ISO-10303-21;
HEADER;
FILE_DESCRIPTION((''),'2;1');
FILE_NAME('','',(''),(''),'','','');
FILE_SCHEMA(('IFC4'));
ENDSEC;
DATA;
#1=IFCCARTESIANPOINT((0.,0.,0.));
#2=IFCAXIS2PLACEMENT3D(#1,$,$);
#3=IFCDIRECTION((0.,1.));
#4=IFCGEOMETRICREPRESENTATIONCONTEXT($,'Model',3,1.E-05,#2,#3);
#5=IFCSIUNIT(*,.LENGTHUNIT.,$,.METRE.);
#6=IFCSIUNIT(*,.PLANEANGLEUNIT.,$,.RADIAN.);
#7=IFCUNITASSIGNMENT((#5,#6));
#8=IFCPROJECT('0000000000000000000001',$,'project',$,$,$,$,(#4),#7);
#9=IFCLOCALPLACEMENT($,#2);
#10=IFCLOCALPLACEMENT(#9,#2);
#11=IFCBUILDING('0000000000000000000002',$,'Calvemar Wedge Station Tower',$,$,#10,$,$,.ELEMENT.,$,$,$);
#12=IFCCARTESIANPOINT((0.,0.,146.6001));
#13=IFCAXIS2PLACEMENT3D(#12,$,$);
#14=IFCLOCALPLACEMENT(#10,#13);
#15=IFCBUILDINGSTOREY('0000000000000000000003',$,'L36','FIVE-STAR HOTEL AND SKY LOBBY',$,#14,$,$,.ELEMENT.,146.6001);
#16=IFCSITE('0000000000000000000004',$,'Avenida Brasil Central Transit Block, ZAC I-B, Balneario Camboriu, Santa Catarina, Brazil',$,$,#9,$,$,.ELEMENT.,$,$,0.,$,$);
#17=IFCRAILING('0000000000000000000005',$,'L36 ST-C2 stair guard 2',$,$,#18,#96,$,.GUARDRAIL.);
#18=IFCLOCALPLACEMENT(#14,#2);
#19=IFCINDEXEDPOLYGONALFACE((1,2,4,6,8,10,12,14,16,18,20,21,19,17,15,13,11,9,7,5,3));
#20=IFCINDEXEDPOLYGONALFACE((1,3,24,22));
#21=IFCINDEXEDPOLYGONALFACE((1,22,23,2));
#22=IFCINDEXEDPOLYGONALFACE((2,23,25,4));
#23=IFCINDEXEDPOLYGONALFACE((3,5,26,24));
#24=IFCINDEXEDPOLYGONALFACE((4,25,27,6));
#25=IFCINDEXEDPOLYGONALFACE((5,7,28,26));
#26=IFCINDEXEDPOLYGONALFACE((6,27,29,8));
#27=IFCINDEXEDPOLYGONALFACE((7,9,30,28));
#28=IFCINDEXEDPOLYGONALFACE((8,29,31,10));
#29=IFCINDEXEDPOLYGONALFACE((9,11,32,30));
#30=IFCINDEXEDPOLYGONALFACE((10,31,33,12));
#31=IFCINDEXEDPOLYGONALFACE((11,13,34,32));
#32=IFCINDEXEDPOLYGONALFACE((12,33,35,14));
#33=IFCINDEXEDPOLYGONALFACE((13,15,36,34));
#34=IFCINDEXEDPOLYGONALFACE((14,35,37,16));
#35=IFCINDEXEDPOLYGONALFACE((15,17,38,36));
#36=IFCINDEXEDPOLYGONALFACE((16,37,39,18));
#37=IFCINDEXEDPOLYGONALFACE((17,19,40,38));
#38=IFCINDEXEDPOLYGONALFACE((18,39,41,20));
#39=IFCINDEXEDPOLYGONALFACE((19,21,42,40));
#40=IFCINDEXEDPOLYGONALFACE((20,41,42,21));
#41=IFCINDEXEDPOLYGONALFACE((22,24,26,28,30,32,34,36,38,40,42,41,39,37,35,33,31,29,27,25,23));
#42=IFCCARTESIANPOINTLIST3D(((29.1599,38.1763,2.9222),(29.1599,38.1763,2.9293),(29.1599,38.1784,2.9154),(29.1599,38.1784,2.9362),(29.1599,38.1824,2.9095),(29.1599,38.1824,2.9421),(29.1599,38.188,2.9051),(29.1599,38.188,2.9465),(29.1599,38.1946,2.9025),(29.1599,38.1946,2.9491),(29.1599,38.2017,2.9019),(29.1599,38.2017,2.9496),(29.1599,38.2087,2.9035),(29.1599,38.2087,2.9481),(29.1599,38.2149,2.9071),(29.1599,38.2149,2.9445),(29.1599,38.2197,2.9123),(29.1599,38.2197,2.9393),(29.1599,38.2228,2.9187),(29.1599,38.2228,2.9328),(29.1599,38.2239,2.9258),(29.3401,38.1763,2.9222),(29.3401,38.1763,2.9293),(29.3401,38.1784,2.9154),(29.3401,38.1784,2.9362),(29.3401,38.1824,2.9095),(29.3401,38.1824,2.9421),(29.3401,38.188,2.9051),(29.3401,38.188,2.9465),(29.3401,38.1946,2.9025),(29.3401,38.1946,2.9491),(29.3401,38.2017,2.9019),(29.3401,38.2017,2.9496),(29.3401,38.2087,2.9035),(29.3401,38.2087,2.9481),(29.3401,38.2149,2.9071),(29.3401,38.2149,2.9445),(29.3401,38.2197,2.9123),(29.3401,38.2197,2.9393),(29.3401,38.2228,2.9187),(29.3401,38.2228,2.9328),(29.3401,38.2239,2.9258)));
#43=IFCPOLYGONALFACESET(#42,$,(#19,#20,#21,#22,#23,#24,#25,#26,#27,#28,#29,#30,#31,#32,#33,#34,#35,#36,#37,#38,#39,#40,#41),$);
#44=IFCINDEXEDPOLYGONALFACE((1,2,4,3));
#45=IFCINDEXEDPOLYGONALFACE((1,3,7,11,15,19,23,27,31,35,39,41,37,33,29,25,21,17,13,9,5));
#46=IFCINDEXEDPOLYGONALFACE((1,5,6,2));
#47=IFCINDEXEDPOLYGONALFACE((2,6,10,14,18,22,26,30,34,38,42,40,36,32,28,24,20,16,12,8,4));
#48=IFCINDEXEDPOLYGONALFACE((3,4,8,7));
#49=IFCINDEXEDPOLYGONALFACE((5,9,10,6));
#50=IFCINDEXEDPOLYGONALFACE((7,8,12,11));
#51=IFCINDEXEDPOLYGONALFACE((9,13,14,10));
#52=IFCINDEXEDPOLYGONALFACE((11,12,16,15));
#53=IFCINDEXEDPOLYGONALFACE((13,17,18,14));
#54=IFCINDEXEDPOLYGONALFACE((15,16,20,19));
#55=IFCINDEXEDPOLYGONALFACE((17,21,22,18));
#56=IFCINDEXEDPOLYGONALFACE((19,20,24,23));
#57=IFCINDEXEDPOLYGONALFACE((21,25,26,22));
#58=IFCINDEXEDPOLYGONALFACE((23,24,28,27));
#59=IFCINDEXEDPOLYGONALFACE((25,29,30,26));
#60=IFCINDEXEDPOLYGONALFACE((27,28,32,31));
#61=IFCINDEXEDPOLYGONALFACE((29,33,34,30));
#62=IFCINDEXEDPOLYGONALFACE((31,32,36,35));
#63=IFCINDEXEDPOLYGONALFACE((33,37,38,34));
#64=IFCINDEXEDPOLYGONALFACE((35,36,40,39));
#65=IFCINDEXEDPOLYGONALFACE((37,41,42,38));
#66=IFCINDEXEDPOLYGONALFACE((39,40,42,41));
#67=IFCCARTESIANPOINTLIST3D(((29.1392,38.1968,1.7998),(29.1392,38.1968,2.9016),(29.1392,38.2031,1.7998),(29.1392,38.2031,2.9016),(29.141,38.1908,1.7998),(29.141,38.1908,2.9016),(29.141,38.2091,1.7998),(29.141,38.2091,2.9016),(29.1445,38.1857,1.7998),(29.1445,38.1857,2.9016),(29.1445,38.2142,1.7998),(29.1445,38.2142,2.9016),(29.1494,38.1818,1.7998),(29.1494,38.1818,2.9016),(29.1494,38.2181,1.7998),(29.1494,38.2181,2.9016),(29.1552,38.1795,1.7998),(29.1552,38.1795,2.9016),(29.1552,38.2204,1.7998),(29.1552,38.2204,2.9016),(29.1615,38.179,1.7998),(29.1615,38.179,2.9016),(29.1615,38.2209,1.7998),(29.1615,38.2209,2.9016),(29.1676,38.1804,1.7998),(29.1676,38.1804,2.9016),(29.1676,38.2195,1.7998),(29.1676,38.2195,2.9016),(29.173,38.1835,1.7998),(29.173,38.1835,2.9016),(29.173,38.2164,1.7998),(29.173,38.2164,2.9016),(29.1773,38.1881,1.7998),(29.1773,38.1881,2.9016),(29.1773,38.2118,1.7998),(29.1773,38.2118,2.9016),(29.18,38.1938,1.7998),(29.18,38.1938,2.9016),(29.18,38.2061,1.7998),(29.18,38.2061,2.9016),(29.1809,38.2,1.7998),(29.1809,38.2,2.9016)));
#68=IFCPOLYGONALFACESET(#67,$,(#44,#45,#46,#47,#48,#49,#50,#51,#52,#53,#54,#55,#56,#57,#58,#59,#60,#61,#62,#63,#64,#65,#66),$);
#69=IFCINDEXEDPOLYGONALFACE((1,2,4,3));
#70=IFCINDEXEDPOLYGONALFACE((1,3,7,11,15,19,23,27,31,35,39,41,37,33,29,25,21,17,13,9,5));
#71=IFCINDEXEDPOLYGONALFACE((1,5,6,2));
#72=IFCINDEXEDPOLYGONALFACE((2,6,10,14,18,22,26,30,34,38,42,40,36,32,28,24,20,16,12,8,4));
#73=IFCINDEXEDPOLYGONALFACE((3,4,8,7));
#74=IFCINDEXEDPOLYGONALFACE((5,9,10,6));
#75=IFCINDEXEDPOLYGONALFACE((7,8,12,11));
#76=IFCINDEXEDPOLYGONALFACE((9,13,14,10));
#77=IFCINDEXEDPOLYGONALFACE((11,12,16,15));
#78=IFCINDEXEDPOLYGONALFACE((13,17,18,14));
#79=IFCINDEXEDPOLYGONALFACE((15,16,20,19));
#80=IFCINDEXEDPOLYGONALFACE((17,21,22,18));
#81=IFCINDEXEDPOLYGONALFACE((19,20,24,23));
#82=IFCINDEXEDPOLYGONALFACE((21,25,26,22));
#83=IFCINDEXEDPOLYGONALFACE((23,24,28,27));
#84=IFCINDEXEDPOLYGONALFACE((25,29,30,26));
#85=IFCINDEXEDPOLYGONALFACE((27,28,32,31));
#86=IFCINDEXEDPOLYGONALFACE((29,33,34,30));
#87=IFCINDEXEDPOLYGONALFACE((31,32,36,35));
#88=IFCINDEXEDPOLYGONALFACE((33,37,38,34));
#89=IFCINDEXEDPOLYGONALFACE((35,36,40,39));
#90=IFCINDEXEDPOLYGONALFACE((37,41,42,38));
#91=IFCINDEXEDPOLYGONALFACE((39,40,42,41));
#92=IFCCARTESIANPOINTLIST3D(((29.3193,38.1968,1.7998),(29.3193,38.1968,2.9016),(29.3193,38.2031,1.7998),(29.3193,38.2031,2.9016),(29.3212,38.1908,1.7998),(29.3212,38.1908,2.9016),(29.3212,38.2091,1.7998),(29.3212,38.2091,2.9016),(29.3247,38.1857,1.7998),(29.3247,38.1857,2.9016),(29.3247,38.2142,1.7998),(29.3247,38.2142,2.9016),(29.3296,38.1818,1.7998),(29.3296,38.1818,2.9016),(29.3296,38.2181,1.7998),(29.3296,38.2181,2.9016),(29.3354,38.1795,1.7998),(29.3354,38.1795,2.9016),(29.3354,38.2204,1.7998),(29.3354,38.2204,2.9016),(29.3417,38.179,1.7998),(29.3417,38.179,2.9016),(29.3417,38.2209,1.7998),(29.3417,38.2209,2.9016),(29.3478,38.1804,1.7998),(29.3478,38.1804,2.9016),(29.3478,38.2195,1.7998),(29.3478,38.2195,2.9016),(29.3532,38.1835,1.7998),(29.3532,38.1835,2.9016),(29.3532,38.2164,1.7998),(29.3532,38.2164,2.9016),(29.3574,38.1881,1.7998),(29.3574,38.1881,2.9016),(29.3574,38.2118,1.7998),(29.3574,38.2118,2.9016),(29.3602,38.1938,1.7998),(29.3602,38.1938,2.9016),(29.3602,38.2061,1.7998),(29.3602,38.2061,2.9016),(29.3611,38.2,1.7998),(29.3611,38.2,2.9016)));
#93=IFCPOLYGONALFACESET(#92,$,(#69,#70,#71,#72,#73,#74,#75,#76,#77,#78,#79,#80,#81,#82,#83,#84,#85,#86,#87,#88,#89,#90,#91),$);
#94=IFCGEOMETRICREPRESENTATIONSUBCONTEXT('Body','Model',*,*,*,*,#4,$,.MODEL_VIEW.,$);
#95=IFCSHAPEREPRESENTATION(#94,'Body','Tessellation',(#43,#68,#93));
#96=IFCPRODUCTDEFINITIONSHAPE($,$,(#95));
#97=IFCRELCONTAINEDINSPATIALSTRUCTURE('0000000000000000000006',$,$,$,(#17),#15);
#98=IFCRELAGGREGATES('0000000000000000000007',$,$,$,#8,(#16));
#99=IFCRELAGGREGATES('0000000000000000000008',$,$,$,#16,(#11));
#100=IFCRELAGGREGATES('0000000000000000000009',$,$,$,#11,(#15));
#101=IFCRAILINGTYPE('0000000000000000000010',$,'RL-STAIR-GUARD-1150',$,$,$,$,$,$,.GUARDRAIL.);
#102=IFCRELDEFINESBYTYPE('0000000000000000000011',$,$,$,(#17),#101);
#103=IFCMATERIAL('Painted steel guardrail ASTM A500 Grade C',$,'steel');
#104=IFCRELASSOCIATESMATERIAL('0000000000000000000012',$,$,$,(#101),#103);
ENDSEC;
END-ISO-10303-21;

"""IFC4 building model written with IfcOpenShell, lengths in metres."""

from ifc_helpers import new_model, si_unit, direction, frame, origin, origin_2d, place, context, subcontext, project, spatial, circle, extrude, material, type_object, element, save


model = new_model("IFC4")

# Units and contexts
model_context = context("Model", 3, precision=1e-05, world=origin(), true_north=direction((0.0, 1.0)))
body_context = subcontext(model_context, "Body", "Model", "MODEL_VIEW")
ifc_project = project(units=[si_unit("LENGTHUNIT", "METRE"), si_unit("PLANEANGLEUNIT", "RADIAN")], contexts=[model_context])

# Site, building, storey
site_placement = place(None, origin())
site = spatial("IfcSite", under=ifc_project, at=site_placement, Name="Avenida Brasil Central Transit Block, ZAC I-B, Balneario Camboriu, Santa Catarina, Brazil", CompositionType="ELEMENT", RefElevation=0.0)
building_placement = place(site_placement, origin())
building = spatial("IfcBuilding", under=site, at=building_placement, Name="Calvemar Wedge Station Tower", CompositionType="ELEMENT")
storey_placement = place(building_placement, frame((0.0, 0.0, 146.6001)))
storey = spatial("IfcBuildingStorey", under=building, at=storey_placement, Name="L36", Description="FIVE-STAR HOTEL AND SKY LOBBY", CompositionType="ELEMENT", Elevation=146.6001)

# Railing
ifc_material_1 = material(Name="Painted steel guardrail ASTM A500 Grade C", Category="steel")
railing_type_1 = type_object("IfcRailingType", Name="RL-STAIR-GUARD-1150", PredefinedType="GUARDRAIL", material=ifc_material_1)
railing_1_placement = place(storey_placement, frame((29.1599, 38.2, 1.7998)))
element("IfcRailing", 1, at=railing_1_placement, inside=storey, type_object=railing_type_1, Name="L36 ST-C2 stair guard 2", PredefinedType="GUARDRAIL", context=body_context, shape_type="SweptSolid", body=[
    extrude(circle(Radius=0.0239, at=origin_2d()), frame((0.0, 0.0, 1.126), z_axis=(1.0, 0.0, 0.0), x_axis=(0.0, 1.0, 0.0)), (0.0, 0.0, 1.0), 0.1802),
    extrude(circle(Radius=0.021, at=origin_2d()), origin(), (0.0, 0.0, 1.0), 1.1018),
    extrude(circle(Radius=0.021, at=origin_2d()), frame((0.1802, 0.0, 0.0)), (0.0, 0.0, 1.0), 1.1018),
])

save(model, "model.ifc")
